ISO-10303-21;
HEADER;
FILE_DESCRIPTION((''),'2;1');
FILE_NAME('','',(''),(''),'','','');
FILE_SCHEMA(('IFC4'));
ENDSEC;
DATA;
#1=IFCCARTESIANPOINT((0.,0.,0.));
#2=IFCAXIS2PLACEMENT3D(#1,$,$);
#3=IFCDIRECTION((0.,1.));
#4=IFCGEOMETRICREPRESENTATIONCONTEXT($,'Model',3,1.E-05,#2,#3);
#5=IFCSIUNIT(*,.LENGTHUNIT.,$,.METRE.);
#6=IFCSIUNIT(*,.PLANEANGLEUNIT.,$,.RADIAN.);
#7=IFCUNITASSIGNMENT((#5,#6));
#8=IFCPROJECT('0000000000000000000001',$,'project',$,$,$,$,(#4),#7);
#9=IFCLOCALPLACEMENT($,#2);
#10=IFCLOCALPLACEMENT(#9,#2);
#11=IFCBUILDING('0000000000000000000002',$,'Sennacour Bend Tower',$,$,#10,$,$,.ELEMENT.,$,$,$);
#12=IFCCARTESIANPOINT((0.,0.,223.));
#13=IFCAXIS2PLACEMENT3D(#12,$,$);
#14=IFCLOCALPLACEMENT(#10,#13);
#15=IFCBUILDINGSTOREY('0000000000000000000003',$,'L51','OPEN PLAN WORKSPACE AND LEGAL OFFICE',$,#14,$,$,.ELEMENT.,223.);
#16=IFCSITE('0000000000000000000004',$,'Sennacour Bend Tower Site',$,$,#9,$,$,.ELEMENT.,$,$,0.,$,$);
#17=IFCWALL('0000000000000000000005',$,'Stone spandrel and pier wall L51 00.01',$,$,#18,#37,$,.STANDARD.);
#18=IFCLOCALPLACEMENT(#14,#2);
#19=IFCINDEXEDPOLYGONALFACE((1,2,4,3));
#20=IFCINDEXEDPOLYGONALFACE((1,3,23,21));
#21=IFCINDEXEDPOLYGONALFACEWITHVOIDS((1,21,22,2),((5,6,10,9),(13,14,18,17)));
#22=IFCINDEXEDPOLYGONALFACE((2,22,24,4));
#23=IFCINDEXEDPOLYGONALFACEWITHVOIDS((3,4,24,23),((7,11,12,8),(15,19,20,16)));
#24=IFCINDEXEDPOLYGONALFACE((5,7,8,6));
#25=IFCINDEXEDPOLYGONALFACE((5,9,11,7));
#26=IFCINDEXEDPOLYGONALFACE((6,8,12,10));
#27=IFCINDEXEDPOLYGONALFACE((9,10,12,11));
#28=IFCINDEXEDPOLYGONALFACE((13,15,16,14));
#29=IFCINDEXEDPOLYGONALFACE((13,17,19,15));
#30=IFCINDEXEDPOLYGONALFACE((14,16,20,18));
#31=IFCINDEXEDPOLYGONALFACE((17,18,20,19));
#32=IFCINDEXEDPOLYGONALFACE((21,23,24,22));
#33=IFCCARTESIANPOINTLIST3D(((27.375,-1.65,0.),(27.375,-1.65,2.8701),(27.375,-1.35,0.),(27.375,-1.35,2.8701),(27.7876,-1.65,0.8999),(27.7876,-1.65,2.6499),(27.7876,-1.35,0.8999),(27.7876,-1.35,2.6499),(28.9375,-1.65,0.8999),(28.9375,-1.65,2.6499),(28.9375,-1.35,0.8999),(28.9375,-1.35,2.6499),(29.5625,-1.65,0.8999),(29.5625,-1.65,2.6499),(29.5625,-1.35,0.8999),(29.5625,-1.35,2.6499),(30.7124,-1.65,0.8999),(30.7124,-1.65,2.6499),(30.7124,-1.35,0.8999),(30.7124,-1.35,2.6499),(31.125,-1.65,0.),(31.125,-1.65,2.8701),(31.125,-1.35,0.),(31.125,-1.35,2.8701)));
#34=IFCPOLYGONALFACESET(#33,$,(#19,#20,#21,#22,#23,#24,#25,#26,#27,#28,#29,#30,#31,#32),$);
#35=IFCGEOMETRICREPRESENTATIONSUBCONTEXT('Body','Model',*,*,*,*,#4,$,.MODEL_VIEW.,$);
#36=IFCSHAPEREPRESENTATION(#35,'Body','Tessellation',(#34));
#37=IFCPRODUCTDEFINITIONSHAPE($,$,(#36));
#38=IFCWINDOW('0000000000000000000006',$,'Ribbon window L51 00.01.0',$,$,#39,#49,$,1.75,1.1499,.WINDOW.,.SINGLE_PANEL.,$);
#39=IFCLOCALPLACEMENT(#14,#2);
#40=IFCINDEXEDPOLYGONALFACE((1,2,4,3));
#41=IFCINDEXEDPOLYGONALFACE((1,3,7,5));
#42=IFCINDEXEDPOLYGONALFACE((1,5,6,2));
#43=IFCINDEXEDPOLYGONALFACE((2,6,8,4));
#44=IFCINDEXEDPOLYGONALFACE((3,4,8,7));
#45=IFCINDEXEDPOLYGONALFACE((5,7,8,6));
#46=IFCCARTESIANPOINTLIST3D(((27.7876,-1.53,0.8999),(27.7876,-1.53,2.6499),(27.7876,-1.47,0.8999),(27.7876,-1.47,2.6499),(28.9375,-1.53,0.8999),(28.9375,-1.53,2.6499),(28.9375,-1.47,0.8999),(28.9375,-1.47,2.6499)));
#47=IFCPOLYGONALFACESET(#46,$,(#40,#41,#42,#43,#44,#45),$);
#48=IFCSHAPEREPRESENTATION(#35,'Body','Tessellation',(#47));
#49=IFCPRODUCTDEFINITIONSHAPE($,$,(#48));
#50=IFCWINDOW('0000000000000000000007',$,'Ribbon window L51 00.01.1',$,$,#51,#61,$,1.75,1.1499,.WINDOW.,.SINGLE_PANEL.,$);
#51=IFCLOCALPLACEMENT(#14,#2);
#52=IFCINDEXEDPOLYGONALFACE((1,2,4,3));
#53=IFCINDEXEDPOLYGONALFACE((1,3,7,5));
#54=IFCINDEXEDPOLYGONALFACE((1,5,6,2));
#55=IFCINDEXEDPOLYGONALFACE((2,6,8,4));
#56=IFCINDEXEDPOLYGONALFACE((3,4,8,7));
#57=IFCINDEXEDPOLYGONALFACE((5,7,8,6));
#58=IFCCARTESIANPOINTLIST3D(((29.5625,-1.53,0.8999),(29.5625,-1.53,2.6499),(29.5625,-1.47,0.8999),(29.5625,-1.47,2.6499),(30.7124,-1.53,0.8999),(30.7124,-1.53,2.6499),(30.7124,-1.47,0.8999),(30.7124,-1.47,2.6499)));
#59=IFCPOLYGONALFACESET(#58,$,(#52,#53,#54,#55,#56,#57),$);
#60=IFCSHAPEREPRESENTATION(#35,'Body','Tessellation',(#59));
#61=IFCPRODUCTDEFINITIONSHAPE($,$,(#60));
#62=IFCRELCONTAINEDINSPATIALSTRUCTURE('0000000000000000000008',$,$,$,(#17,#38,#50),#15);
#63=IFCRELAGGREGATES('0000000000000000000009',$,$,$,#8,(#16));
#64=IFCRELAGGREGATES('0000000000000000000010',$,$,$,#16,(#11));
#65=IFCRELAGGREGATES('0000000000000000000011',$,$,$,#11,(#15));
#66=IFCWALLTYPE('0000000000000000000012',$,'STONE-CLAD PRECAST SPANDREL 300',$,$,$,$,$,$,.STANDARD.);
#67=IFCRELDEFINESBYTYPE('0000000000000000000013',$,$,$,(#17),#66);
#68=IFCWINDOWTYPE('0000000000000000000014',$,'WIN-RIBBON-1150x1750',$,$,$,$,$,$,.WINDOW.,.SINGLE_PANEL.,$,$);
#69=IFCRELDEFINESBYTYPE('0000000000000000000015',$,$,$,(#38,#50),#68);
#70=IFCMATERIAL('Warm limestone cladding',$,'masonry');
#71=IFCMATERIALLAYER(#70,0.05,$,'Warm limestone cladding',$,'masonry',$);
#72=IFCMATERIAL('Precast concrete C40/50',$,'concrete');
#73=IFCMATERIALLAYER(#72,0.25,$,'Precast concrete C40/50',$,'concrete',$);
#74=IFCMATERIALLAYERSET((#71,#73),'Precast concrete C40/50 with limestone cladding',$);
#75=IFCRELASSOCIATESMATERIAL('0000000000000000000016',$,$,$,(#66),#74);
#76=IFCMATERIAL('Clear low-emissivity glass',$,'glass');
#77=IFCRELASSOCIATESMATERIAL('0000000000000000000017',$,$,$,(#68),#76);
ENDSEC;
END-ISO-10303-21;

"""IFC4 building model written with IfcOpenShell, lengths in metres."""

from ifc_helpers import new_model, si_unit, direction, frame, frame_2d, origin, place, context, subcontext, project, spatial, rectangle, extrude, material, layer, layer_set, type_object, element, fill, save


model = new_model("IFC4")

# Units and contexts
model_context = context("Model", 3, precision=1e-05, world=origin(), true_north=direction((0.0, 1.0)))
body_context = subcontext(model_context, "Body", "Model", "MODEL_VIEW")
ifc_project = project(units=[si_unit("LENGTHUNIT", "METRE"), si_unit("PLANEANGLEUNIT", "RADIAN")], contexts=[model_context])

# Site, building, storey
site_placement = place(None, origin())
site = spatial("IfcSite", under=ifc_project, at=site_placement, Name="Sennacour Bend Tower Site", CompositionType="ELEMENT", RefElevation=0.0)
building_placement = place(site_placement, origin())
building = spatial("IfcBuilding", under=site, at=building_placement, Name="Sennacour Bend Tower", CompositionType="ELEMENT")
storey_placement = place(building_placement, frame((0.0, 0.0, 223.0)))
storey = spatial("IfcBuildingStorey", under=building, at=storey_placement, Name="L51", Description="OPEN PLAN WORKSPACE AND LEGAL OFFICE", CompositionType="ELEMENT", Elevation=223.0)

# Wall, openings, windows
ifc_material_1 = material(Name="Warm limestone cladding", Category="masonry")
ifc_layer_1 = layer(ifc_material_1, 0.05, Name="Warm limestone cladding", Category="masonry")
ifc_material_2 = material(Name="Precast concrete C40/50", Category="concrete")
ifc_layer_2 = layer(ifc_material_2, 0.25, Name="Precast concrete C40/50", Category="concrete")
ifc_layer_set_1 = layer_set([ifc_layer_1, ifc_layer_2], Name="Precast concrete C40/50 with limestone cladding")
wall_type_1 = type_object("IfcWallType", Name="STONE-CLAD PRECAST SPANDREL 300", PredefinedType="STANDARD", material=ifc_layer_set_1)
wall_1_placement = place(storey_placement, frame((27.375, -1.5, 0.0), z_axis=(0.0, 0.0, 1.0), x_axis=(1.0, 0.0, 0.0)))
wall_1 = element("IfcWall", 1, at=wall_1_placement, inside=storey, type_object=wall_type_1, Name="Stone spandrel and pier wall L51 00.01", PredefinedType="STANDARD", context=body_context, shape_type="SweptSolid", body=[
    extrude(rectangle(XDim=3.75, YDim=0.3, at=frame_2d((1.875, 0.0))), origin(), (0.0, 0.0, 1.0), 2.8701),
])
opening_1_placement = place(wall_1_placement, frame((0.4126, 0.0, 0.8999)))
opening_1 = element("IfcOpeningElement", 2, at=opening_1_placement, cuts=wall_1, PredefinedType="OPENING", context=body_context, shape_type="SweptSolid", body=[
    extrude(rectangle(XDim=1.1499, YDim=1.75, at=frame_2d((0.575, 0.875))), frame((0.0, 0.1602, 0.0), z_axis=(0.0, -1.0, 0.0), x_axis=(1.0, 0.0, 0.0)), (0.0, 0.0, 1.0), 0.3201),
])
opening_2_placement = place(wall_1_placement, frame((2.1875, 0.0, 0.8999)))
opening_2 = element("IfcOpeningElement", 3, at=opening_2_placement, cuts=wall_1, PredefinedType="OPENING", context=body_context, shape_type="SweptSolid", body=[
    extrude(rectangle(XDim=1.1499, YDim=1.75, at=frame_2d((0.575, 0.875))), frame((0.0, 0.1602, 0.0), z_axis=(0.0, -1.0, 0.0), x_axis=(1.0, 0.0, 0.0)), (0.0, 0.0, 1.0), 0.3201),
])
ifc_material_3 = material(Name="Clear low-emissivity glass", Category="glass")
window_type = type_object("IfcWindowType", Name="WIN-RIBBON-1150x1750", PartitioningType="SINGLE_PANEL", PredefinedType="WINDOW", material=ifc_material_3)
window_1_placement = place(opening_1_placement, origin())
window_1 = element("IfcWindow", 4, at=window_1_placement, inside=storey, type_object=window_type, Name="Ribbon window L51 00.01.0", OverallHeight=1.75, OverallWidth=1.1499, PartitioningType="SINGLE_PANEL", PredefinedType="WINDOW", context=body_context, shape_type="SweptSolid", body=[
    extrude(rectangle(XDim=1.1499, YDim=1.75, at=frame_2d((0.575, 0.875))), frame((0.0, 0.03, 0.0), z_axis=(0.0, -1.0, 0.0), x_axis=(1.0, 0.0, 0.0)), (0.0, 0.0, 1.0), 0.0601),
])
fill(opening_1, window_1)
window_2_placement = place(opening_2_placement, origin())
window_2 = element("IfcWindow", 5, at=window_2_placement, inside=storey, type_object=window_type, Name="Ribbon window L51 00.01.1", OverallHeight=1.75, OverallWidth=1.1499, PartitioningType="SINGLE_PANEL", PredefinedType="WINDOW", context=body_context, shape_type="SweptSolid", body=[
    extrude(rectangle(XDim=1.1499, YDim=1.75, at=frame_2d((0.575, 0.875))), frame((0.0, 0.03, 0.0), z_axis=(0.0, -1.0, 0.0), x_axis=(1.0, 0.0, 0.0)), (0.0, 0.0, 1.0), 0.0601),
])
fill(opening_2, window_2)

save(model, "model.ifc")
